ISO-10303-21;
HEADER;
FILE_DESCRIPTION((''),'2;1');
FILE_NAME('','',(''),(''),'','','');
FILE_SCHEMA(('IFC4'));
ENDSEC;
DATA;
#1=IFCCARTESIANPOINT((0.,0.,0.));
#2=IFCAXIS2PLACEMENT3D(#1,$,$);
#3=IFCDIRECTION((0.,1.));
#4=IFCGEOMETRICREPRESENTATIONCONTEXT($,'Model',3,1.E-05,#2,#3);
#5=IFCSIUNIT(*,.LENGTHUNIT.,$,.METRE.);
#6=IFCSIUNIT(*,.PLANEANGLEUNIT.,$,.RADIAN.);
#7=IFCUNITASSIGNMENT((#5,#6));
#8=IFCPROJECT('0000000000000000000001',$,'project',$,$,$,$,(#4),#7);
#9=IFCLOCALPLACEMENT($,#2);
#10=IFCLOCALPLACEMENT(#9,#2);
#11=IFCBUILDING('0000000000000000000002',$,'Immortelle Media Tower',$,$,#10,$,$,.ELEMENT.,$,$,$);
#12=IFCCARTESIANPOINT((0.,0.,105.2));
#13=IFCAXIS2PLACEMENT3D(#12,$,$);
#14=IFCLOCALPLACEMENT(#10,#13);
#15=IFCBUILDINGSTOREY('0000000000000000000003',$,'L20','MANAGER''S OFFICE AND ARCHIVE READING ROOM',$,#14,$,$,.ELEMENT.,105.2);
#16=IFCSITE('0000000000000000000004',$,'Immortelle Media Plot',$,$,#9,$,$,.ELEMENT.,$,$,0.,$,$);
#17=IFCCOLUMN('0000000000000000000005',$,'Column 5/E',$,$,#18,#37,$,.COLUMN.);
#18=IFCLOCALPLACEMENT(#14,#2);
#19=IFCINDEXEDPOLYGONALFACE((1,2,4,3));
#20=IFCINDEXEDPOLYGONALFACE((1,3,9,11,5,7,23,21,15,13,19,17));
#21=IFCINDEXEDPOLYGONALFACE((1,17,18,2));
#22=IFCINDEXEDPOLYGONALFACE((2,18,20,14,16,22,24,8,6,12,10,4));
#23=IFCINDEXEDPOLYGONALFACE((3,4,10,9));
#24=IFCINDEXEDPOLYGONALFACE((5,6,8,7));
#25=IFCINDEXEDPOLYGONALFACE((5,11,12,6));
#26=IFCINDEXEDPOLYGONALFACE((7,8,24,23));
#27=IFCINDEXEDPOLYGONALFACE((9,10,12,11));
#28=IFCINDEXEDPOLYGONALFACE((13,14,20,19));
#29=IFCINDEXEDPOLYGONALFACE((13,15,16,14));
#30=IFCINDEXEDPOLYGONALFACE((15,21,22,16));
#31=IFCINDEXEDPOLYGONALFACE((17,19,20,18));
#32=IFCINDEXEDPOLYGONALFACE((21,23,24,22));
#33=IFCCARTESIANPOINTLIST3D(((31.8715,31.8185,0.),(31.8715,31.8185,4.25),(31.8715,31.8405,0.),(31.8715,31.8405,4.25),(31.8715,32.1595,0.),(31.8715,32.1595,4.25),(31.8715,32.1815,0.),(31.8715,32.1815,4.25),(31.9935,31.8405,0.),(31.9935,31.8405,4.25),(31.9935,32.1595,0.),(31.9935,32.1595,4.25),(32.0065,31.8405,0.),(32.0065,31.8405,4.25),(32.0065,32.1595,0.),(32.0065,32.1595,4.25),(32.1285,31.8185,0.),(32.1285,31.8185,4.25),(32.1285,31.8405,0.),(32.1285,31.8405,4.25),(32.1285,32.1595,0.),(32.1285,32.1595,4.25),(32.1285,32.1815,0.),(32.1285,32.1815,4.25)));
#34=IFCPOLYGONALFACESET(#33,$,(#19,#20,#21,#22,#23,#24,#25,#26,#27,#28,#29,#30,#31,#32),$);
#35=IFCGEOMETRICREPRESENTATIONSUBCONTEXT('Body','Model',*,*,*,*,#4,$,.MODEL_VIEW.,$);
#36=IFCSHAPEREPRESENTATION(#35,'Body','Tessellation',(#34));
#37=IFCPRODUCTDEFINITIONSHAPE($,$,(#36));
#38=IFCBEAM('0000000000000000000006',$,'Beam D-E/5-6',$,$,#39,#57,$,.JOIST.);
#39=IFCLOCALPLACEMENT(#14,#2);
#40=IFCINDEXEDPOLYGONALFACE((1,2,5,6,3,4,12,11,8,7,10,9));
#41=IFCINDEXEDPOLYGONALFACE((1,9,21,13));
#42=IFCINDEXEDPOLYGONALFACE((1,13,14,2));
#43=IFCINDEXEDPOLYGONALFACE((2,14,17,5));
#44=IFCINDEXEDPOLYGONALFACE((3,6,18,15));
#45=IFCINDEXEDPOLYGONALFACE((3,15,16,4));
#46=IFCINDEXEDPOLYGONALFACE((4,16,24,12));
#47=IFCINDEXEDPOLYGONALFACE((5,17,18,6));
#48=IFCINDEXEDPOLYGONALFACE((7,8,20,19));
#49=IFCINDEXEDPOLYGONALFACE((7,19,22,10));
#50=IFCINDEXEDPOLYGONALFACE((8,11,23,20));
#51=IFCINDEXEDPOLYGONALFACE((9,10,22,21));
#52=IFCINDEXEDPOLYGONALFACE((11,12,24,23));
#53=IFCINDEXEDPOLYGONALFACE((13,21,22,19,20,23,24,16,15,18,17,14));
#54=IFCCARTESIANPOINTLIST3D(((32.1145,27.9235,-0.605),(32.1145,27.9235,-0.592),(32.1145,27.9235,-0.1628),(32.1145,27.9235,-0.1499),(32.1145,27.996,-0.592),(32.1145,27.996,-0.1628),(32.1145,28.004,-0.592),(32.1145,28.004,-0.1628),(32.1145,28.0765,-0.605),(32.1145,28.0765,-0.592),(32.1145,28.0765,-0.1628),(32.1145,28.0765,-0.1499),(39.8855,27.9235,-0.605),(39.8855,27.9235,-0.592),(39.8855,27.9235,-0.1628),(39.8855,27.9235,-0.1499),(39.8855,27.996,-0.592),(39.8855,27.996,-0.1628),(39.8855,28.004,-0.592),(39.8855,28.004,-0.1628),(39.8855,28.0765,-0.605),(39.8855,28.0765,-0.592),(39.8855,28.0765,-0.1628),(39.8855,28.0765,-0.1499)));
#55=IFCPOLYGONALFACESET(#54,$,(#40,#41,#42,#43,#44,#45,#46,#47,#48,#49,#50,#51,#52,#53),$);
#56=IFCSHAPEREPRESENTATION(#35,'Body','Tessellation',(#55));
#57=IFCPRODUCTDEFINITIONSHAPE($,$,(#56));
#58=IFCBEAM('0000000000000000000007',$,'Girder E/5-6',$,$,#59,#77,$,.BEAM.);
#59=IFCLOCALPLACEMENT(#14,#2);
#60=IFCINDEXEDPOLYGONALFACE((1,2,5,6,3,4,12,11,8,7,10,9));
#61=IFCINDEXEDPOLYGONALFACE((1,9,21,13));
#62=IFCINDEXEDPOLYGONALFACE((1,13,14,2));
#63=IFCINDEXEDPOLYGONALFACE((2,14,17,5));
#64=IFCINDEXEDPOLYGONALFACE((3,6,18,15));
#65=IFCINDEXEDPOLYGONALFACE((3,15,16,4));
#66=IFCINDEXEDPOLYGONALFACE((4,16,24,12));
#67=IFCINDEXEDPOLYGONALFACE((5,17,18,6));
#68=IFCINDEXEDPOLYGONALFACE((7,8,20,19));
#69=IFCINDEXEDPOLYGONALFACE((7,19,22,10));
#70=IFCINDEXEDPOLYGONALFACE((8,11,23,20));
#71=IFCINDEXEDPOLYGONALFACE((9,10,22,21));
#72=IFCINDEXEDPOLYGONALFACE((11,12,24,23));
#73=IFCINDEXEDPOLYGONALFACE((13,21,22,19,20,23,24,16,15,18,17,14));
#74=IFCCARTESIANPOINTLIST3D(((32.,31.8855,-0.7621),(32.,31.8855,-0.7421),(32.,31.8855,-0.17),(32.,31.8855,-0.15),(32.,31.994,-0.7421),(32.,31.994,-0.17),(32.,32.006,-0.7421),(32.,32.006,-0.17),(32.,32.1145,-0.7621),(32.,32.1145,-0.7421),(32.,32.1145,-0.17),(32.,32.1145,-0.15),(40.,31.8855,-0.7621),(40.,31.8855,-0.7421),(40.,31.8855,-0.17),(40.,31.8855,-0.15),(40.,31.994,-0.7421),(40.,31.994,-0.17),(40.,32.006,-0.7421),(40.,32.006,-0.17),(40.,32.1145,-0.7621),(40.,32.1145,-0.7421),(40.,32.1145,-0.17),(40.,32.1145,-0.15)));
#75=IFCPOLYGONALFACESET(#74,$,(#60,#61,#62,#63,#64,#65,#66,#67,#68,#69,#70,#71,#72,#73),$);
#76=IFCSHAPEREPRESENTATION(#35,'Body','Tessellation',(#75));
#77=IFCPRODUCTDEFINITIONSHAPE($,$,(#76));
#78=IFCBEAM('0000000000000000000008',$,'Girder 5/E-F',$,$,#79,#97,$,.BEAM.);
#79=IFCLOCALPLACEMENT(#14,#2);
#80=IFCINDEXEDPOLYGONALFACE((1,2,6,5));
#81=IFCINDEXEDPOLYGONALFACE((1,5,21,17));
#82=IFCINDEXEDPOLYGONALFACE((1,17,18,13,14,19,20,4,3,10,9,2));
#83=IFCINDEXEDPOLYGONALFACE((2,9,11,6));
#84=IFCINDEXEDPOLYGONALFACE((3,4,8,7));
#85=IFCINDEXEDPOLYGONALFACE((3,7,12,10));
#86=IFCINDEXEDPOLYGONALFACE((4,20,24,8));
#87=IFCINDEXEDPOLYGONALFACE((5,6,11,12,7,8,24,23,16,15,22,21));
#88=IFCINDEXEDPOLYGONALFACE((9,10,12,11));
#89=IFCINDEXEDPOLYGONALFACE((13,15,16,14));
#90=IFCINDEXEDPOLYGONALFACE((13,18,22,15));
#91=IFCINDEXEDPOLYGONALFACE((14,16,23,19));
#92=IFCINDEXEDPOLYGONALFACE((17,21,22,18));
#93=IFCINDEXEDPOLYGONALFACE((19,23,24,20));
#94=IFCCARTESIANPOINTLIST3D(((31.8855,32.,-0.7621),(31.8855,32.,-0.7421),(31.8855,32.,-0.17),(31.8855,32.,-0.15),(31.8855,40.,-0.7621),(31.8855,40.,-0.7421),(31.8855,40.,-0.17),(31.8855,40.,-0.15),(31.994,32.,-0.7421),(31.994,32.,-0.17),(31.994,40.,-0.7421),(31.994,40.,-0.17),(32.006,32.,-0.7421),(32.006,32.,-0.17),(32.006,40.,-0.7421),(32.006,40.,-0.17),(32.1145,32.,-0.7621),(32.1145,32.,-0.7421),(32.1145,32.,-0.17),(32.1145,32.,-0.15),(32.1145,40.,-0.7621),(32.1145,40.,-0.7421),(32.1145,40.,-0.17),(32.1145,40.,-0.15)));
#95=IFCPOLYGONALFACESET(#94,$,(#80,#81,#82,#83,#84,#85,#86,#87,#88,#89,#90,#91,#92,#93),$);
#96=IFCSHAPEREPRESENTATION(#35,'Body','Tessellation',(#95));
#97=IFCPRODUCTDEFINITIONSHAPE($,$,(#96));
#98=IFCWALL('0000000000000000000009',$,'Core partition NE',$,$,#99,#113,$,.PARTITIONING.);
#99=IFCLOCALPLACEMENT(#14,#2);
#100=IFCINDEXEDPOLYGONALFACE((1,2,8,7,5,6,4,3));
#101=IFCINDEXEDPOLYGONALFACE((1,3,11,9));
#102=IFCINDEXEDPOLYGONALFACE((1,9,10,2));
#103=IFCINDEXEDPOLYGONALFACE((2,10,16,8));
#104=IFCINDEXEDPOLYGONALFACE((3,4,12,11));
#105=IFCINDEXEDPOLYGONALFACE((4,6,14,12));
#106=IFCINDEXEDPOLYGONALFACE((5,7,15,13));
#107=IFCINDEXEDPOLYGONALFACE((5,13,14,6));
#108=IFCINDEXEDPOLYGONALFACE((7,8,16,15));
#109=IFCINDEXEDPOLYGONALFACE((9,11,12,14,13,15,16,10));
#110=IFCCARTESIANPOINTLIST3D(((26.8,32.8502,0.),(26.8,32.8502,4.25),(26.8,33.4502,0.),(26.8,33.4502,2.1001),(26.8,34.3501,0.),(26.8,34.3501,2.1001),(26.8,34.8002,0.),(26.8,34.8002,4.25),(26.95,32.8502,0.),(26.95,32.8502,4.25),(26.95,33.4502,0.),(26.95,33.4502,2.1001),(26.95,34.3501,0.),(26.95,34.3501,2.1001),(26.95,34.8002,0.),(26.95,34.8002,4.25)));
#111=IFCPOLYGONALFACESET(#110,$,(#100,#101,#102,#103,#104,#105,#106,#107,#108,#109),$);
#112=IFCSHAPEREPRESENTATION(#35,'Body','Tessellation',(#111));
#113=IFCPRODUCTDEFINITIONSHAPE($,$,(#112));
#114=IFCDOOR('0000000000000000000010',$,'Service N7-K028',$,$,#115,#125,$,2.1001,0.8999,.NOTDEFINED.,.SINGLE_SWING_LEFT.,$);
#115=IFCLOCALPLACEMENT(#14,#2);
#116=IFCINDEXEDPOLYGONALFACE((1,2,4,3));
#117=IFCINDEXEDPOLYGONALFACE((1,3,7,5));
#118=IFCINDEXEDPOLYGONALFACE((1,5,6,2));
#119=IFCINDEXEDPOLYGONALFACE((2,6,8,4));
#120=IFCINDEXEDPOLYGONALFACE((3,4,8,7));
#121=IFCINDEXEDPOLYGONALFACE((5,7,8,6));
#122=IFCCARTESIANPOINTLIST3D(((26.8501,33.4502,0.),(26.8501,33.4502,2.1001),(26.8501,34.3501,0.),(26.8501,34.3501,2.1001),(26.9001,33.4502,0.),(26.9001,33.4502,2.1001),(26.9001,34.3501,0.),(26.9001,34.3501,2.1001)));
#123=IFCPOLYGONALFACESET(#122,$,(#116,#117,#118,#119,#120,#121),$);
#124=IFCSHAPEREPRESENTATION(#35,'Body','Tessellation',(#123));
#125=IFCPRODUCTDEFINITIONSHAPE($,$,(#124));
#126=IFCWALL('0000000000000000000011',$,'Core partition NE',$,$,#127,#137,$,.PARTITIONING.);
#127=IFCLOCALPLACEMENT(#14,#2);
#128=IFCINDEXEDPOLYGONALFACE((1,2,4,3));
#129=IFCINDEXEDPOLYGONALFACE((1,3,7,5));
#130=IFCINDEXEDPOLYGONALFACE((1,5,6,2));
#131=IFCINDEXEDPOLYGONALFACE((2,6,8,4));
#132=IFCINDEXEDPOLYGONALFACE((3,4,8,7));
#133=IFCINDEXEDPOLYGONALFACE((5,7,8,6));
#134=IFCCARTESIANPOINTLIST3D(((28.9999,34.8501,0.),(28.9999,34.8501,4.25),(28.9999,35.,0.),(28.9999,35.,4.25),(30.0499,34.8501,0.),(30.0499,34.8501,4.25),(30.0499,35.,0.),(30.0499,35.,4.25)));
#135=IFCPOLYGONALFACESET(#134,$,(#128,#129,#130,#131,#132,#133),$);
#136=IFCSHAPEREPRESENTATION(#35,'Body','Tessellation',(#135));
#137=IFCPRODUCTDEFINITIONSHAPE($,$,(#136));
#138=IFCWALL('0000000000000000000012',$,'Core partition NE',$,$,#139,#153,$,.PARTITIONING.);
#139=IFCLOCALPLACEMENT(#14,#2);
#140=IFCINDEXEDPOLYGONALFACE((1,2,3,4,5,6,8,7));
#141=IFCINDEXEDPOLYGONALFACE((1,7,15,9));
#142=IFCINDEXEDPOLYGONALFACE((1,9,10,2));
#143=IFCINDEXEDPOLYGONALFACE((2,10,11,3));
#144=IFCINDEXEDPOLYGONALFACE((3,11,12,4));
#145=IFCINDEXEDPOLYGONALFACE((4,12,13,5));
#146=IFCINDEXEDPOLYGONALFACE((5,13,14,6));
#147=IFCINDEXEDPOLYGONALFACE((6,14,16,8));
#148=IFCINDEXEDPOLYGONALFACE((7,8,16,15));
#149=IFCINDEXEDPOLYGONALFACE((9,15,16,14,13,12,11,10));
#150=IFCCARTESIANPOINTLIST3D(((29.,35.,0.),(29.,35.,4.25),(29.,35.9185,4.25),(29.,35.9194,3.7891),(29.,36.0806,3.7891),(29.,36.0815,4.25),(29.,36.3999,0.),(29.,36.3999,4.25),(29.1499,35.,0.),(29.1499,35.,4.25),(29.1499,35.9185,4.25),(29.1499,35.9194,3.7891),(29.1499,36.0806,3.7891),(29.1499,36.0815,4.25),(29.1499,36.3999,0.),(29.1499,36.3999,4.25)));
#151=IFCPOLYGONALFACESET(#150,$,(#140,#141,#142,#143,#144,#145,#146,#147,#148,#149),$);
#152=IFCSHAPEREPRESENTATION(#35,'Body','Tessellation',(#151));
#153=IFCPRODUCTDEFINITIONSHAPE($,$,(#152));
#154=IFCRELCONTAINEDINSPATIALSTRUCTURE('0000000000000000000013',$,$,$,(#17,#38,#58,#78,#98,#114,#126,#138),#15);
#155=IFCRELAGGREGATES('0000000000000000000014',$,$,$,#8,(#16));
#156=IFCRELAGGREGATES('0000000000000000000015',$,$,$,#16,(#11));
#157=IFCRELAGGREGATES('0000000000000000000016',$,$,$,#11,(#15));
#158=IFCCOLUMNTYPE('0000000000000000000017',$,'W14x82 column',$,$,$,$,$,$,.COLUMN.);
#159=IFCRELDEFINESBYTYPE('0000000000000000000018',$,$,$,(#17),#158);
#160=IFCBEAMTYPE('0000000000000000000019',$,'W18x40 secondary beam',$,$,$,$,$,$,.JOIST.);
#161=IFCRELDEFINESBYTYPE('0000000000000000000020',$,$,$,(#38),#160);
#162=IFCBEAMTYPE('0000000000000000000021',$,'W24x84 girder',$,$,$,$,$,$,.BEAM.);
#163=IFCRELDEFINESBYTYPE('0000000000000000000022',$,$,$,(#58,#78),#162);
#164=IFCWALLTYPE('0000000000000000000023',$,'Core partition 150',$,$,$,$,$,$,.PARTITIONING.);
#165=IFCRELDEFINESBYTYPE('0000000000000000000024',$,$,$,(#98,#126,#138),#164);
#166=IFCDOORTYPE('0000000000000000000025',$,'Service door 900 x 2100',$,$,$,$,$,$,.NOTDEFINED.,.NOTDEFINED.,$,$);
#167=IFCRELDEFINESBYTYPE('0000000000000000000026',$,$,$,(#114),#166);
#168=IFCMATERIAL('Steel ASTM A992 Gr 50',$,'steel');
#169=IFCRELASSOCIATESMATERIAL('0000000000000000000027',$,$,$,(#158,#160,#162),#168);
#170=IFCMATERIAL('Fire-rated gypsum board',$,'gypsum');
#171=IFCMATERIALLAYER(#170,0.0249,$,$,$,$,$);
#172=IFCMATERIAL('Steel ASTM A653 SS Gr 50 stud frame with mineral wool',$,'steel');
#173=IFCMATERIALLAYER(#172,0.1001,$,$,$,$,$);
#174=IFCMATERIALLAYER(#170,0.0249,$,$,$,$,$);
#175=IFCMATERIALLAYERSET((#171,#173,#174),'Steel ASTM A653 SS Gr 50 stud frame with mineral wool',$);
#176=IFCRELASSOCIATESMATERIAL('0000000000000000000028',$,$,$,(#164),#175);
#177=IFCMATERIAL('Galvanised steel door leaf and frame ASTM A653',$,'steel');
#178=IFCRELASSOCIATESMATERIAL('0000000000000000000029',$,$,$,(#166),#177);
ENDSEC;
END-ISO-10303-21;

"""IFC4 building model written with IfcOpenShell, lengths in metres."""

from ifc_helpers import new_model, si_unit, direction, frame, frame_2d, origin, origin_2d, place, context, subcontext, project, spatial, polyline, rectangle, i_section, outline, extrude, material, layer, layer_set, material_profile, profile_set, type_object, element, fill, save


model = new_model("IFC4")

# Units and contexts
model_context = context("Model", 3, precision=1e-05, world=origin(), true_north=direction((0.0, 1.0)))
body_context = subcontext(model_context, "Body", "Model", "MODEL_VIEW")
ifc_project = project(units=[si_unit("LENGTHUNIT", "METRE"), si_unit("PLANEANGLEUNIT", "RADIAN")], contexts=[model_context])

# Site, building, storey
site_placement = place(None, origin())
site = spatial("IfcSite", under=ifc_project, at=site_placement, Name="Immortelle Media Plot", CompositionType="ELEMENT", RefElevation=0.0)
building_placement = place(site_placement, origin())
building = spatial("IfcBuilding", under=site, at=building_placement, Name="Immortelle Media Tower", CompositionType="ELEMENT")
storey_placement = place(building_placement, frame((0.0, 0.0, 105.2)))
storey = spatial("IfcBuildingStorey", under=building, at=storey_placement, Name="L20", Description="MANAGER'S OFFICE AND ARCHIVE READING ROOM", CompositionType="ELEMENT", Elevation=105.2)

# Column
ifc_material_1 = material(Name="Steel ASTM A992 Gr 50", Category="steel")
ifc_material_profile_1 = material_profile(ifc_material_1, i_section(OverallWidth=0.2571, OverallDepth=0.363, WebThickness=0.0129, FlangeThickness=0.022, at=origin_2d()), Name="W14x82")
ifc_profile_set_1 = profile_set([ifc_material_profile_1], Name="Steel ASTM A992 Gr 50")
column_type = type_object("IfcColumnType", Name="W14x82 column", PredefinedType="COLUMN", material=ifc_profile_set_1)
column_placement = place(storey_placement, frame((32.0, 32.0, 0.0), z_axis=(0.0, 0.0, 1.0), x_axis=(1.0, 0.0, 0.0)))
element("IfcColumn", 1, at=column_placement, inside=storey, type_object=column_type, Name="Column 5/E", PredefinedType="COLUMN", context=body_context, shape_type="SweptSolid", body=[
    extrude(i_section(OverallWidth=0.2571, OverallDepth=0.363, WebThickness=0.0129, FlangeThickness=0.022, at=origin_2d()), origin(), (0.0, 0.0, 1.0), 4.25),
])

# Beams
ifc_material_profile_2 = material_profile(ifc_material_1, i_section(OverallWidth=0.1531, OverallDepth=0.4551, WebThickness=0.0081, FlangeThickness=0.0129, at=origin_2d()), Name="W18x40")
ifc_profile_set_2 = profile_set([ifc_material_profile_2], Name="Steel ASTM A992 Gr 50")
beam_type_1 = type_object("IfcBeamType", Name="W18x40 secondary beam", PredefinedType="JOIST", material=ifc_profile_set_2)
beam_placement = place(storey_placement, frame((32.1145, 28.0, -0.3774), z_axis=(1.0, 0.0, 0.0), x_axis=(0.0, 1.0, 0.0)))
element("IfcBeam", 2, at=beam_placement, inside=storey, type_object=beam_type_1, Name="Beam D-E/5-6", PredefinedType="JOIST", context=body_context, shape_type="SweptSolid", body=[
    extrude(i_section(OverallWidth=0.1531, OverallDepth=0.4551, WebThickness=0.0081, FlangeThickness=0.0129, at=origin_2d()), origin(), (0.0, 0.0, 1.0), 7.771),
])
ifc_material_profile_3 = material_profile(ifc_material_1, i_section(OverallWidth=0.229, OverallDepth=0.6121, WebThickness=0.012, FlangeThickness=0.02, at=origin_2d()), Name="W24x84")
ifc_profile_set_3 = profile_set([ifc_material_profile_3], Name="Steel ASTM A992 Gr 50")
beam_type_2 = type_object("IfcBeamType", Name="W24x84 girder", PredefinedType="BEAM", material=ifc_profile_set_3)
for number, where, z_axis, x_axis, name in (
    (3, (32.0, 32.0, -0.4561), (1.0, 0.0, 0.0), (0.0, 1.0, 0.0), "Girder E/5-6"),
    (4, (32.0, 32.0, -0.4561), (0.0, 1.0, 0.0), (-1.0, 0.0, 0.0), "Girder 5/E-F"),
):
    element("IfcBeam", number, at=place(storey_placement, frame(where, z_axis=z_axis, x_axis=x_axis)), inside=storey, type_object=beam_type_2, Name=name, PredefinedType="BEAM", context=body_context, shape_type="SweptSolid", body=[
        extrude(i_section(OverallWidth=0.229, OverallDepth=0.6121, WebThickness=0.012, FlangeThickness=0.02, at=origin_2d()), origin(), (0.0, 0.0, 1.0), 8.0),
    ])

# Wall, opening, door
ifc_material_2 = material(Name="Fire-rated gypsum board", Category="gypsum")
ifc_layer_1 = layer(ifc_material_2, 0.0249)
ifc_material_3 = material(Name="Steel ASTM A653 SS Gr 50 stud frame with mineral wool", Category="steel")
ifc_layer_2 = layer(ifc_material_3, 0.1001)
ifc_layer_3 = layer(ifc_material_2, 0.0249)
ifc_layer_set_1 = layer_set([ifc_layer_1, ifc_layer_2, ifc_layer_3], Name="Steel ASTM A653 SS Gr 50 stud frame with mineral wool")
wall_type_1 = type_object("IfcWallType", Name="Core partition 150", PredefinedType="PARTITIONING", material=ifc_layer_set_1)
wall_1_placement = place(storey_placement, frame((26.875, 32.8501, 0.0), z_axis=(0.0, 0.0, 1.0), x_axis=(0.0, 1.0, 0.0)))
wall_1 = element("IfcWall", 5, at=wall_1_placement, inside=storey, type_object=wall_type_1, Name="Core partition NE", PredefinedType="PARTITIONING", context=body_context, shape_type="SweptSolid", body=[
    extrude(rectangle(XDim=1.95, YDim=0.1499, at=frame_2d((0.9751, 0.0))), origin(), (0.0, 0.0, 1.0), 4.25),
])
opening_1_placement = place(wall_1_placement, frame((0.6001, 0.0, 0.0)))
opening_1 = element("IfcOpeningElement", 6, at=opening_1_placement, cuts=wall_1, PredefinedType="OPENING", context=body_context, shape_type="SweptSolid", body=[
    extrude(rectangle(XDim=0.8999, YDim=2.1001, at=frame_2d((0.45, 1.05))), frame((0.0, 0.085, 0.0), z_axis=(0.0, -1.0, 0.0), x_axis=(1.0, 0.0, 0.0)), (0.0, 0.0, 1.0), 0.1699),
])
ifc_material_4 = material(Name="Galvanised steel door leaf and frame ASTM A653", Category="steel")
door_type_1 = type_object("IfcDoorType", Name="Service door 900 x 2100", OperationType="NOTDEFINED", PredefinedType="NOTDEFINED", material=ifc_material_4)
door_1_placement = place(opening_1_placement, origin())
door_1 = element("IfcDoor", 7, at=door_1_placement, inside=storey, type_object=door_type_1, Name="Service N7-K028", OperationType="SINGLE_SWING_LEFT", OverallHeight=2.1001, OverallWidth=0.8999, PredefinedType="NOTDEFINED", context=body_context, shape_type="SweptSolid", body=[
    extrude(rectangle(XDim=0.8999, YDim=2.1001, at=frame_2d((0.45, 1.05))), frame((0.0, 0.0249, 0.0), z_axis=(0.0, -1.0, 0.0), x_axis=(1.0, 0.0, 0.0)), (0.0, 0.0, 1.0), 0.05),
])
fill(opening_1, door_1)

# Walls
wall_2_placement = place(storey_placement, frame((29.0, 34.925, 0.0), z_axis=(0.0, 0.0, 1.0), x_axis=(1.0, 0.0, 0.0)))
element("IfcWall", 8, at=wall_2_placement, inside=storey, type_object=wall_type_1, Name="Core partition NE", PredefinedType="PARTITIONING", context=body_context, shape_type="SweptSolid", body=[
    extrude(rectangle(XDim=1.05, YDim=0.1499, at=frame_2d((0.5249, 0.0))), origin(), (0.0, 0.0, 1.0), 4.25),
])
wall_3_placement = place(storey_placement, frame((29.075, 35.0, 0.0), z_axis=(0.0, 0.0, 1.0), x_axis=(0.0, 1.0, 0.0)))
element("IfcWall", 9, at=wall_3_placement, inside=storey, type_object=wall_type_1, Name="Core partition NE", PredefinedType="PARTITIONING", context=body_context, shape_type="SweptSolid", body=[
    extrude(outline(polyline([(0.0, 0.0), (1.3999, 0.0), (1.3999, 4.25), (1.0815, 4.25), (1.0806, 3.7891), (0.9194, 3.7891), (0.9185, 4.25), (0.0, 4.25), (0.0, 0.0)])), frame((0.0, 0.075, 0.0), z_axis=(0.0, -1.0, 0.0), x_axis=(1.0, 0.0, 0.0)), (0.0, 0.0, 1.0), 0.1499),
])

save(model, "model.ifc")
